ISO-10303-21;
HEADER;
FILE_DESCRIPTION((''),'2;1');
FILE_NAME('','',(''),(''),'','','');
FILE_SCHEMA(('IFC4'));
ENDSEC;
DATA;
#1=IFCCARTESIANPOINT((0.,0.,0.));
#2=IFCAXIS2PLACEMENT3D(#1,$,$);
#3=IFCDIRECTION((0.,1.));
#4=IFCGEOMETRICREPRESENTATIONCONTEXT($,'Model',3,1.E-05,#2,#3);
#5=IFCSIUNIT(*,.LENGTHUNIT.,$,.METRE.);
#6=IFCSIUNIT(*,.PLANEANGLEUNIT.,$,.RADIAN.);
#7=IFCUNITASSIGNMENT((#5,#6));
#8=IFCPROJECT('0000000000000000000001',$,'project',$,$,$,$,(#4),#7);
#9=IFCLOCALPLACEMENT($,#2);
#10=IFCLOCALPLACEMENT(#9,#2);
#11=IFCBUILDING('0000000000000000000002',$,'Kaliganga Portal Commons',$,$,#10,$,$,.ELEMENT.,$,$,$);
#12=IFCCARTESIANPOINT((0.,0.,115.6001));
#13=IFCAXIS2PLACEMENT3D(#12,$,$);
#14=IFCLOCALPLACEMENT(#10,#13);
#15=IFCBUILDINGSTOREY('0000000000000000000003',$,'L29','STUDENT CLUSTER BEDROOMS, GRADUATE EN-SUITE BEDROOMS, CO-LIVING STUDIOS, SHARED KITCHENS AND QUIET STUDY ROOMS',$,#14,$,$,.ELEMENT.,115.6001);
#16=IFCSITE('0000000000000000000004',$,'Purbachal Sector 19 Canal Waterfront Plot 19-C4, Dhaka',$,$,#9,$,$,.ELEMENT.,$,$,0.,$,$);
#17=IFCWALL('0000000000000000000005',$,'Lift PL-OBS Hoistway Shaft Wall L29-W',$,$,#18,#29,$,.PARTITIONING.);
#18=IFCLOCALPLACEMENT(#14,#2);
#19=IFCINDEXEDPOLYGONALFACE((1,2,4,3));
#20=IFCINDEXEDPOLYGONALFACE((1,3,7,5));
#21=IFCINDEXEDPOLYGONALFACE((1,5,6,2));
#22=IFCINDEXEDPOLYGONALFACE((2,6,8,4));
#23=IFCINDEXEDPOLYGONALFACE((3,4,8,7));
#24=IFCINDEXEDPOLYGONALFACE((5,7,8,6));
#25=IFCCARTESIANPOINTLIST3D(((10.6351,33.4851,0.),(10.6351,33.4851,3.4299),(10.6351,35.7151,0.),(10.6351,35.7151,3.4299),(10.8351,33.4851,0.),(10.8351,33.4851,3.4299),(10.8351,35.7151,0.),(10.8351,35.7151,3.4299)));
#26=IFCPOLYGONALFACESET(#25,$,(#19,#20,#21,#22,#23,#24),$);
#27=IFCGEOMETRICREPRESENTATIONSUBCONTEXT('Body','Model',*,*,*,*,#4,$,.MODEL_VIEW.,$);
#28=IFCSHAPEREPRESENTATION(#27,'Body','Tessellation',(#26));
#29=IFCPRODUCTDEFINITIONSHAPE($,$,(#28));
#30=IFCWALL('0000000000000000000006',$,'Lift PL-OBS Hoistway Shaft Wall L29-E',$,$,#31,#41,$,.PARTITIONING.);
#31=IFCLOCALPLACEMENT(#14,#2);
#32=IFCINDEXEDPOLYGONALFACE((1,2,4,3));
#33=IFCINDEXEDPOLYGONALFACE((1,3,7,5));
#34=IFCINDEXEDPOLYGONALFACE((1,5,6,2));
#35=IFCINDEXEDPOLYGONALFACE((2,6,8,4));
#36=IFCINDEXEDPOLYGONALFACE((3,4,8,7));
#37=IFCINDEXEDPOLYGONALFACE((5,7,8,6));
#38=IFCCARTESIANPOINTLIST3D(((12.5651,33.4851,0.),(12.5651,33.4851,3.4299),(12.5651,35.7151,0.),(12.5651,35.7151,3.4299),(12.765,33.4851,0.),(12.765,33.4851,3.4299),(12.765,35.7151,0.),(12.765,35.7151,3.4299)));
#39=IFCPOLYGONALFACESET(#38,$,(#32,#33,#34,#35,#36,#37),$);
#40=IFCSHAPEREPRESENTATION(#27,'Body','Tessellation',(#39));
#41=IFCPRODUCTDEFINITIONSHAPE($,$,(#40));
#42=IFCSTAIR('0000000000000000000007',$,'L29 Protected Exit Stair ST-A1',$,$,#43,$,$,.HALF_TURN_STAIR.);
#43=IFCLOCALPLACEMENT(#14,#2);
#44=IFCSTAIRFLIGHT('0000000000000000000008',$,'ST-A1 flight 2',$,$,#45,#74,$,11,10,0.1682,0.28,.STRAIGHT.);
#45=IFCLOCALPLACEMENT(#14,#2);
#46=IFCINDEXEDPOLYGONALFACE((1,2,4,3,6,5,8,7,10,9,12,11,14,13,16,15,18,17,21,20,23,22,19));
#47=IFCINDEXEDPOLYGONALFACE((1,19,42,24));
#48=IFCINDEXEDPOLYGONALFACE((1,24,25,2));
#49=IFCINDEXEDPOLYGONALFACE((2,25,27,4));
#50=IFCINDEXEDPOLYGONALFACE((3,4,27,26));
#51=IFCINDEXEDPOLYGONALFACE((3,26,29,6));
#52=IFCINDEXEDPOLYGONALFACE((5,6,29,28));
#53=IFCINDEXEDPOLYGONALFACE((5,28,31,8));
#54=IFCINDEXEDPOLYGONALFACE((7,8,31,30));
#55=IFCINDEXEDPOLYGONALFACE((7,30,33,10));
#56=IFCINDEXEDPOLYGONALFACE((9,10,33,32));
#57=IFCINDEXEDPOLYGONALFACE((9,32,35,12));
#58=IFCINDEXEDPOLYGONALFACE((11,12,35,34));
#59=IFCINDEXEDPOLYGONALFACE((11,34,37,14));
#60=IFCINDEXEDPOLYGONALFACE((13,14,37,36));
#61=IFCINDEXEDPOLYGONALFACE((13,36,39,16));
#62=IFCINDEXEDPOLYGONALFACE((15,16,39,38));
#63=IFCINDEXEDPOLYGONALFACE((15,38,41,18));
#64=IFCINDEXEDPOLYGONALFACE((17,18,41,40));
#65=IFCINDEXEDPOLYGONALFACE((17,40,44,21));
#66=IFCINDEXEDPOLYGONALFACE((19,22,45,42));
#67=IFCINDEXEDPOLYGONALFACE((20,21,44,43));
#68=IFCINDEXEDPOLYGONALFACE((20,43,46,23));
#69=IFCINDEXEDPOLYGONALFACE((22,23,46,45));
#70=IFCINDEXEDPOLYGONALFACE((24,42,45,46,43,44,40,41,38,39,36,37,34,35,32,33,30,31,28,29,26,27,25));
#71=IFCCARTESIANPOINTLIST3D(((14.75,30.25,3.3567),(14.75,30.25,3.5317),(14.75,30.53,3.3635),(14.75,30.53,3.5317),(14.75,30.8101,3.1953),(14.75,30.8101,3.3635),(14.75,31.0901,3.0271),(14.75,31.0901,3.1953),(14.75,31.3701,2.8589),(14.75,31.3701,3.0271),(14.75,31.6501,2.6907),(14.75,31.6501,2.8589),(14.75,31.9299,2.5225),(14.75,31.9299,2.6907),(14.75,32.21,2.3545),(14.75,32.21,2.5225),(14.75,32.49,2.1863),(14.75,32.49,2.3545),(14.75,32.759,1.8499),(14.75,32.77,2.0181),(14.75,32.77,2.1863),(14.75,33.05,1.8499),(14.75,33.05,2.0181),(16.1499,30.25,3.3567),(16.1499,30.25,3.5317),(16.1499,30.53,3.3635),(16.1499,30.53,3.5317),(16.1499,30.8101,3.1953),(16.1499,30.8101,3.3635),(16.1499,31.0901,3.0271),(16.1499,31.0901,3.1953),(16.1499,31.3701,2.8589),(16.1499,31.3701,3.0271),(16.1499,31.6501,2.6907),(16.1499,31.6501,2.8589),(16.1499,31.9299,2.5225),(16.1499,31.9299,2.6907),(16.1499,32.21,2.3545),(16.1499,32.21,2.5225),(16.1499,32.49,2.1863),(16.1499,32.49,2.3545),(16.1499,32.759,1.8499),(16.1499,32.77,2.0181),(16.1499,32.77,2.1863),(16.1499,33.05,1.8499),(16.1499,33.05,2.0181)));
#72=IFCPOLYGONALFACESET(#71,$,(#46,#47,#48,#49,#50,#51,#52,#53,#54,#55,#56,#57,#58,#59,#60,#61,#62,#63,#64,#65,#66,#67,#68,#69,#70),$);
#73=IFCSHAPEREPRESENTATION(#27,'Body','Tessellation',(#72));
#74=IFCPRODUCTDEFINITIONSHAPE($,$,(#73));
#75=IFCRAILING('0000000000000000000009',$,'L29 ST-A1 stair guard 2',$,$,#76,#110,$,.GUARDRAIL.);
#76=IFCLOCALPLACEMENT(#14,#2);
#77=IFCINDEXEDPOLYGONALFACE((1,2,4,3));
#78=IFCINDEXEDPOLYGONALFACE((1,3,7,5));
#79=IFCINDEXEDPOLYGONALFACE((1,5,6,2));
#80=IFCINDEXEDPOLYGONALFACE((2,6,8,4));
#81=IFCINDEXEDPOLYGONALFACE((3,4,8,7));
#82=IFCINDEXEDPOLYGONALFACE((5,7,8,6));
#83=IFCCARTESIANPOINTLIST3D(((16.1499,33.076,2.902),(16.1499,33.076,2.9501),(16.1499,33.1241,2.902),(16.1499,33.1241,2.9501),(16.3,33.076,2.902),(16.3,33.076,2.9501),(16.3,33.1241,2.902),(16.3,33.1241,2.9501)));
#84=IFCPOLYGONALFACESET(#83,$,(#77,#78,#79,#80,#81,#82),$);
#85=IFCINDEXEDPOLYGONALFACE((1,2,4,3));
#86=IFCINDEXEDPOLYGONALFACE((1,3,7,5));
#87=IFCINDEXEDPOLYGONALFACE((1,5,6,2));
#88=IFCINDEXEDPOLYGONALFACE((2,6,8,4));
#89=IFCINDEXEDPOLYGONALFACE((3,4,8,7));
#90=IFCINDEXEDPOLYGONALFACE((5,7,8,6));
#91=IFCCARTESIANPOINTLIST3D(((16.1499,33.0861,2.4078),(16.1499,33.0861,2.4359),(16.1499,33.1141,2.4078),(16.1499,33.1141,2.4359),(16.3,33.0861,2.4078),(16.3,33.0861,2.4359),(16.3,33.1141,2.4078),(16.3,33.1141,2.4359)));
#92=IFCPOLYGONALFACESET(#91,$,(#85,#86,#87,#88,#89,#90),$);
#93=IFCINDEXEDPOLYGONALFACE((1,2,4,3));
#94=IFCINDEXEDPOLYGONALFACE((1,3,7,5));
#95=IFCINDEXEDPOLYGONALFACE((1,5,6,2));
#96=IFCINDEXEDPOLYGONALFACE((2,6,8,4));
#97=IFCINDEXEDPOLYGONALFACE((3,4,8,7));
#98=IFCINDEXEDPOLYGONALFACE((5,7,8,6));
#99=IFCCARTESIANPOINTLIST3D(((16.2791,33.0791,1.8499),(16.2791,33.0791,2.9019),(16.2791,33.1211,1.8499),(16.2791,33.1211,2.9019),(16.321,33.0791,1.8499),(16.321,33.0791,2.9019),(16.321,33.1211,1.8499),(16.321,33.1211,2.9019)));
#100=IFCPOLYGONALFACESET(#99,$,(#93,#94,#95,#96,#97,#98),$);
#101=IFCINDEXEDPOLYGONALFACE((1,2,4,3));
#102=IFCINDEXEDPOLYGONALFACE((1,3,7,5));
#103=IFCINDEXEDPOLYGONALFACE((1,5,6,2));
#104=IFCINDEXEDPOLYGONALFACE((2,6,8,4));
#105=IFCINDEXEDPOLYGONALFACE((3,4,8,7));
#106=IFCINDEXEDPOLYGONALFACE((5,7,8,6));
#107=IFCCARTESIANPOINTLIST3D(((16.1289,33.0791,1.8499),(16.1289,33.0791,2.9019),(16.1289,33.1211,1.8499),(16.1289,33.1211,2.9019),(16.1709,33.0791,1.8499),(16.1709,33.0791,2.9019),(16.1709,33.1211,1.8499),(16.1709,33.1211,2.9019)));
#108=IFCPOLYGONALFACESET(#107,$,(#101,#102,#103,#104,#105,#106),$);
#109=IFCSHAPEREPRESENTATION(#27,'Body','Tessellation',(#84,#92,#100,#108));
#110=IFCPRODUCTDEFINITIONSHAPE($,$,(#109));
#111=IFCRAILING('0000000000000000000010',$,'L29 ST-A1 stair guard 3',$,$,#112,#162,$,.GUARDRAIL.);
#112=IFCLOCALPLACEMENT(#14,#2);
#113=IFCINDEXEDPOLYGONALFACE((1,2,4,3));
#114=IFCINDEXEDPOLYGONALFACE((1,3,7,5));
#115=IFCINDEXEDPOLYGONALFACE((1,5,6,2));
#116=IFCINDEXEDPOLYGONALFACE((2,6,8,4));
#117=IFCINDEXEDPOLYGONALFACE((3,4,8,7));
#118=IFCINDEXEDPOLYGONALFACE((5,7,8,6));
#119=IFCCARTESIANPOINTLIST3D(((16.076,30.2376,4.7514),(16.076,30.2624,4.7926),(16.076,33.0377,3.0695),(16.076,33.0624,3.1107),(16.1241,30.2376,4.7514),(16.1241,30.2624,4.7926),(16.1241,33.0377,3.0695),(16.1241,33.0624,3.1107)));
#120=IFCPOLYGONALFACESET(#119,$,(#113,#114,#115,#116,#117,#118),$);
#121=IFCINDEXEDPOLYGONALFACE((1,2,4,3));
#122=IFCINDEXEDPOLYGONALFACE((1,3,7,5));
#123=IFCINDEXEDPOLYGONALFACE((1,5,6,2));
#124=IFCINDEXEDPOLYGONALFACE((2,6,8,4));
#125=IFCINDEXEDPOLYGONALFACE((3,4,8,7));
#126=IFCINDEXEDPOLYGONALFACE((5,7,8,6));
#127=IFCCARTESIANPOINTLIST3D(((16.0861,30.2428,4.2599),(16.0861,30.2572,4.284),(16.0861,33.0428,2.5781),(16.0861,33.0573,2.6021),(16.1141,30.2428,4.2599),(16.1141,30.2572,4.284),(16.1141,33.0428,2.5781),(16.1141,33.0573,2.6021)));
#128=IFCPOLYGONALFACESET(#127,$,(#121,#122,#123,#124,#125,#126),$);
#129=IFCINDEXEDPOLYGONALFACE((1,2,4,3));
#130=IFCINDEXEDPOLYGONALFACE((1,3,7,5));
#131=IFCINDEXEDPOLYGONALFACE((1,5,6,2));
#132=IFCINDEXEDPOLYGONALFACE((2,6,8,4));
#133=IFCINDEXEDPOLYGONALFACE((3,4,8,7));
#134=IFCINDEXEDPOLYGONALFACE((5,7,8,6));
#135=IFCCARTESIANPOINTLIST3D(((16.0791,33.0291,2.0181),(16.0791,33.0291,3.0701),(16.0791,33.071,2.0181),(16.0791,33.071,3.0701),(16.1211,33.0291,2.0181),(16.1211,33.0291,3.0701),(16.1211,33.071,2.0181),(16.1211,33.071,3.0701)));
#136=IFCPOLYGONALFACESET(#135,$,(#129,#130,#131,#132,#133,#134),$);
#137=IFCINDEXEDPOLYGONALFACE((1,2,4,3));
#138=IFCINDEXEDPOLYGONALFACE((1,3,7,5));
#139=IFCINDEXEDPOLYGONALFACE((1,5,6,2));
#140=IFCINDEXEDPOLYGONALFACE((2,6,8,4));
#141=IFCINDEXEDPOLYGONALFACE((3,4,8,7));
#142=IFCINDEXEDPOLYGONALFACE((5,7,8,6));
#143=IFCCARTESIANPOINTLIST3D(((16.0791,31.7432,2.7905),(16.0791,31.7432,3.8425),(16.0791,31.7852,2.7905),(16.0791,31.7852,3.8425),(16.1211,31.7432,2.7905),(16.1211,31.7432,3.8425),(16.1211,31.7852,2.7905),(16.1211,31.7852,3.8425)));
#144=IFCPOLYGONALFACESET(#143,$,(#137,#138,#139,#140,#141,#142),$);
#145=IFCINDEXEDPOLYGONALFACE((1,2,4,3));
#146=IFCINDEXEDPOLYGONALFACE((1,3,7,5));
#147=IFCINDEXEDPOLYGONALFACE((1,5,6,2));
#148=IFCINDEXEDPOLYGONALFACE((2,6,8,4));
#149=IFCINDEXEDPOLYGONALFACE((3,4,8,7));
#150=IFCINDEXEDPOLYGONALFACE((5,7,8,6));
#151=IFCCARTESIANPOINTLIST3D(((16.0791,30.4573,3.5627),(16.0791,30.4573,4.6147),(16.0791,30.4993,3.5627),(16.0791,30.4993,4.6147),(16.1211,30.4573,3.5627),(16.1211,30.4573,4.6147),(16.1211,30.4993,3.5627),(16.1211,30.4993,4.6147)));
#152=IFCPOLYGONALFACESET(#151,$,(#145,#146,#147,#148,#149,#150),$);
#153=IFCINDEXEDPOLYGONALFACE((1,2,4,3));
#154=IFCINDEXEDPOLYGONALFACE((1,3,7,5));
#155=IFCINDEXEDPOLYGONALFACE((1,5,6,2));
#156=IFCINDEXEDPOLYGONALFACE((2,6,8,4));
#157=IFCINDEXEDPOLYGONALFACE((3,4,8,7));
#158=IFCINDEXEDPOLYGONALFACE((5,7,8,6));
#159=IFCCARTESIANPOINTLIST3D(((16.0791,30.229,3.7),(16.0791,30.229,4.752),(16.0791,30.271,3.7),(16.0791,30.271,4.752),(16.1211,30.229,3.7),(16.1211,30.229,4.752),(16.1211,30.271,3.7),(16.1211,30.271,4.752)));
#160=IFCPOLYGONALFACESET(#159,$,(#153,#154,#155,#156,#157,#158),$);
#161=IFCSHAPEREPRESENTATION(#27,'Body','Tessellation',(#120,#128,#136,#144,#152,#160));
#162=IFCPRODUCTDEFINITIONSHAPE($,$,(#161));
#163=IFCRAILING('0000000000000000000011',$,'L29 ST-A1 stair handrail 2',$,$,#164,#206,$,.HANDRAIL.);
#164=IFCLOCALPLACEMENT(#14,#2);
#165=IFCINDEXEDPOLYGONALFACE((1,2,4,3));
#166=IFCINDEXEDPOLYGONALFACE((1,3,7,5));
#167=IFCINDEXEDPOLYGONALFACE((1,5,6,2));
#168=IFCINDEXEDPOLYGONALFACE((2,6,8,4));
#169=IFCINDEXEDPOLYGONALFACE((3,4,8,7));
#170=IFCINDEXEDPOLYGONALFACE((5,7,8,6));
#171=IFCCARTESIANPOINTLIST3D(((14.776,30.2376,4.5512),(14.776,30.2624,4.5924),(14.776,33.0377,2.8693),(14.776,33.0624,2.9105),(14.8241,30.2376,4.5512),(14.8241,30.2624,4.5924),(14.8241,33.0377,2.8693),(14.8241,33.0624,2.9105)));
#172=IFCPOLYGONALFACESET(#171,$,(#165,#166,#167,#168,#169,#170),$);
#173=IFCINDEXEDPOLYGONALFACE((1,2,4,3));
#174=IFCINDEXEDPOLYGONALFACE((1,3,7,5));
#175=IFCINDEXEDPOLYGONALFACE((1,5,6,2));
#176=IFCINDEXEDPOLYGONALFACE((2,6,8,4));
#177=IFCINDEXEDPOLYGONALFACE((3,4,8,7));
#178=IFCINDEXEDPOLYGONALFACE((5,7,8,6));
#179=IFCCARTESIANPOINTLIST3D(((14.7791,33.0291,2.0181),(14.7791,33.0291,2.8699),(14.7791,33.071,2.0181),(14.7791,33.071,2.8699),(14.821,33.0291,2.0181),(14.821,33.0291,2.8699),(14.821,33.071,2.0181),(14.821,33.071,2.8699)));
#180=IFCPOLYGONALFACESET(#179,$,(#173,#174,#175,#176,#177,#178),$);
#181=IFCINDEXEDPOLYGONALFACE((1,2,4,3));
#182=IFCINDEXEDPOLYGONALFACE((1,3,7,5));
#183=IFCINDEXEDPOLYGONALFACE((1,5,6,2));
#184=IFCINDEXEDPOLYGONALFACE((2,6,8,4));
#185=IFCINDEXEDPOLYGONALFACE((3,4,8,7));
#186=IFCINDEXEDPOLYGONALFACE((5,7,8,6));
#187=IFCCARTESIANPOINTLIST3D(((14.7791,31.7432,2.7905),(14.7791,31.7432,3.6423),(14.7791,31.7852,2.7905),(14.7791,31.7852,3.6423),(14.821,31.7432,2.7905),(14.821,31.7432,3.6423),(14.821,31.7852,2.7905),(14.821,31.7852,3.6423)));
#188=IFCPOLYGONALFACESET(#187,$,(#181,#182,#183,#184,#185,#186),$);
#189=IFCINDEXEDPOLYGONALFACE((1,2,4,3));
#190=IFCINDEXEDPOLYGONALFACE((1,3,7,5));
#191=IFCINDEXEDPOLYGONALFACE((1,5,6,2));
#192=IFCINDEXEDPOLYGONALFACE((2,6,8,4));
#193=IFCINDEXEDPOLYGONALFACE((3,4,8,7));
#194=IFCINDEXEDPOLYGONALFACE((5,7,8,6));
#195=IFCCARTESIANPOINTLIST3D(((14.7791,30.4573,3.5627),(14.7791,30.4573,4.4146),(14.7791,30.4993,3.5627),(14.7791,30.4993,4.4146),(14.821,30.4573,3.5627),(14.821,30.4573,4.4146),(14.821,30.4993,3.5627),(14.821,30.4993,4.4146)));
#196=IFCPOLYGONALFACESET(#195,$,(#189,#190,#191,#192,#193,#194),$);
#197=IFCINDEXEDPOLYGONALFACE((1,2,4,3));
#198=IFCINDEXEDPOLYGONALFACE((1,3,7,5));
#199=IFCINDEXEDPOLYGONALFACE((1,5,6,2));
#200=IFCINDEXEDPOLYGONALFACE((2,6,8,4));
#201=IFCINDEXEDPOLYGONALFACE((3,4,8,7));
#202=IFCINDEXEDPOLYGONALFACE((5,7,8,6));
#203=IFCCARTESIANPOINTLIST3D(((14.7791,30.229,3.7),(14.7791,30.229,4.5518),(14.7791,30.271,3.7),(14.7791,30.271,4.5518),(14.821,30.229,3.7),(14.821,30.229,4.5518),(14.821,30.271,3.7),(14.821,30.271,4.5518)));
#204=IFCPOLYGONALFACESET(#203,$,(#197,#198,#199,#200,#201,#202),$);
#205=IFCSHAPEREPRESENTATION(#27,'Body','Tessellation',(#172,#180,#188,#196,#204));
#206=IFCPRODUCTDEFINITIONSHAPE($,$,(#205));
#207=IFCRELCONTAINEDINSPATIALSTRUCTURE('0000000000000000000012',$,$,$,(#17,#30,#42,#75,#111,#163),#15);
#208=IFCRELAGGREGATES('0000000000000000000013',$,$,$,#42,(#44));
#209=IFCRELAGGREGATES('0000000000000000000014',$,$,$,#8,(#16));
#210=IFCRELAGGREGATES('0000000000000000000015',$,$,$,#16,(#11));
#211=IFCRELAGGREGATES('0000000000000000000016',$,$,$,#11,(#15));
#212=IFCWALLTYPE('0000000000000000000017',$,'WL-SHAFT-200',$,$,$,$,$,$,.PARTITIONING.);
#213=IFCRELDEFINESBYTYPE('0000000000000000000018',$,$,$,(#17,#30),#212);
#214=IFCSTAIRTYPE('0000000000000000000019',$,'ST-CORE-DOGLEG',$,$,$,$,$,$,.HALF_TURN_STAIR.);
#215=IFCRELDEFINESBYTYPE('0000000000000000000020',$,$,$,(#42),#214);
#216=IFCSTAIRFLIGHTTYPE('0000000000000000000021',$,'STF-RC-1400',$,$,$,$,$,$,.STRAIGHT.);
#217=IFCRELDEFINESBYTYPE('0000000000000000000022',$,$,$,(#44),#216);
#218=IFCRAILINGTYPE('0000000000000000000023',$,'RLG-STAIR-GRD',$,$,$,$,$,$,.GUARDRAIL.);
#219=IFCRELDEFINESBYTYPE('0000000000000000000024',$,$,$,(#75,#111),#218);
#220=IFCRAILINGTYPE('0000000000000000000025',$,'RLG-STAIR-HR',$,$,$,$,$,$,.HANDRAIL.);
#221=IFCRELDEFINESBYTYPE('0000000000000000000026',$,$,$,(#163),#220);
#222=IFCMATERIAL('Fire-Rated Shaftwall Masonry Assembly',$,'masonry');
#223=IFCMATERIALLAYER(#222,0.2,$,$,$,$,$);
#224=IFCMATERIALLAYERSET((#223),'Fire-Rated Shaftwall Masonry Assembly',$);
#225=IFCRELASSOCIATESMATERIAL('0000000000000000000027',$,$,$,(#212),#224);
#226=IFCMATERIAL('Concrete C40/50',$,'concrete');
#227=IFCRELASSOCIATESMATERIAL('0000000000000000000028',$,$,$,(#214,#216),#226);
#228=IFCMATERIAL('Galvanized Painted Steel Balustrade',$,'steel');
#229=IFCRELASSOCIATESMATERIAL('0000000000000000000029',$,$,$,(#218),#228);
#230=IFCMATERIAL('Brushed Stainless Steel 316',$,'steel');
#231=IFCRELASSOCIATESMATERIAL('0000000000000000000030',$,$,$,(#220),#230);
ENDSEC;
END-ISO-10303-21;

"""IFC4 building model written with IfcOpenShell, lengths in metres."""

from ifc_helpers import new_model, si_unit, direction, frame, frame_2d, origin, origin_2d, place, context, subcontext, project, spatial, polyline, rectangle, outline, extrude, material, layer, layer_set, type_object, element, aggregate, save


model = new_model("IFC4")

# Units and contexts
model_context = context("Model", 3, precision=1e-05, world=origin(), true_north=direction((0.0, 1.0)))
body_context = subcontext(model_context, "Body", "Model", "MODEL_VIEW")
ifc_project = project(units=[si_unit("LENGTHUNIT", "METRE"), si_unit("PLANEANGLEUNIT", "RADIAN")], contexts=[model_context])

# Site, building, storey
site_placement = place(None, origin())
site = spatial("IfcSite", under=ifc_project, at=site_placement, Name="Purbachal Sector 19 Canal Waterfront Plot 19-C4, Dhaka", CompositionType="ELEMENT", RefElevation=0.0)
building_placement = place(site_placement, origin())
building = spatial("IfcBuilding", under=site, at=building_placement, Name="Kaliganga Portal Commons", CompositionType="ELEMENT")
storey_placement = place(building_placement, frame((0.0, 0.0, 115.6001)))
storey = spatial("IfcBuildingStorey", under=building, at=storey_placement, Name="L29", Description="STUDENT CLUSTER BEDROOMS, GRADUATE EN-SUITE BEDROOMS, CO-LIVING STUDIOS, SHARED KITCHENS AND QUIET STUDY ROOMS", CompositionType="ELEMENT", Elevation=115.6001)

# Shared definitions
ifc_material_1 = material(Name="Fire-Rated Shaftwall Masonry Assembly", Category="masonry")
ifc_layer_1 = layer(ifc_material_1, 0.2)
ifc_layer_set_1 = layer_set([ifc_layer_1], Name="Fire-Rated Shaftwall Masonry Assembly")
wall_type_1 = type_object("IfcWallType", Name="WL-SHAFT-200", PredefinedType="PARTITIONING", material=ifc_layer_set_1)

# Walls
for number, where, z_axis, x_axis, name in (
    (1, (10.7351, 33.4851, 0.0), (0.0, 0.0, 1.0), (0.0, 1.0, 0.0), "Lift PL-OBS Hoistway Shaft Wall L29-W"),
    (2, (12.665, 33.4851, 0.0), (0.0, 0.0, 1.0), (0.0, 1.0, 0.0), "Lift PL-OBS Hoistway Shaft Wall L29-E"),
):
    element("IfcWall", number, at=place(storey_placement, frame(where, z_axis=z_axis, x_axis=x_axis)), inside=storey, type_object=wall_type_1, Name=name, PredefinedType="PARTITIONING", context=body_context, shape_type="SweptSolid", body=[
        extrude(rectangle(XDim=2.23, YDim=0.2, at=frame_2d((1.115, 0.0))), origin(), (0.0, 0.0, 1.0), 3.4299),
    ])

# Stair, stair flight
ifc_material_2 = material(Name="Concrete C40/50", Category="concrete")
stair_type = type_object("IfcStairType", Name="ST-CORE-DOGLEG", PredefinedType="HALF_TURN_STAIR", material=ifc_material_2)
stair_placement = place(storey_placement, origin())
stair = element("IfcStair", 3, at=stair_placement, inside=storey, type_object=stair_type, Name="L29 Protected Exit Stair ST-A1", PredefinedType="HALF_TURN_STAIR")
stair_flight_type = type_object("IfcStairFlightType", Name="STF-RC-1400", PredefinedType="STRAIGHT", material=ifc_material_2)
stair_flight_placement = place(storey_placement, frame((15.45, 33.05, 1.8499), z_axis=(0.0, 0.0, 1.0), x_axis=(0.0, -1.0, 0.0)))
stair_flight = element("IfcStairFlight", 4, at=stair_flight_placement, type_object=stair_flight_type, Name="ST-A1 flight 2", NumberOfRisers=11, NumberOfTreads=10, PredefinedType="STRAIGHT", RiserHeight=0.1682, TreadLength=0.28, context=body_context, shape_type="SweptSolid", body=[
    extrude(outline(polyline([(0.0, 0.0), (0.0, 0.1682), (0.28, 0.1682), (0.28, 0.3364), (0.5601, 0.3364), (0.5601, 0.5046), (0.8401, 0.5046), (0.8401, 0.6726), (1.1201, 0.6726), (1.1201, 0.8408), (1.3999, 0.8408), (1.3999, 1.009), (1.6799, 1.009), (1.6799, 1.1772), (1.96, 1.1772), (1.96, 1.3455), (2.24, 1.3455), (2.24, 1.5137), (2.52, 1.5137), (2.52, 1.6819), (2.8, 1.6819), (2.8, 1.8501), (2.8, 1.5068), (0.291, 0.0), (0.0, 0.0)])), frame((0.0, 0.7, 0.0), z_axis=(0.0, -1.0, 0.0), x_axis=(1.0, 0.0, 0.0)), (0.0, 0.0, 1.0), 1.3999),
])
aggregate(stair, [stair_flight])

# Railings
ifc_material_3 = material(Name="Galvanized Painted Steel Balustrade", Category="steel")
railing_type_1 = type_object("IfcRailingType", Name="RLG-STAIR-GRD", PredefinedType="GUARDRAIL", material=ifc_material_3)
railing_1_placement = place(storey_placement, frame((16.3, 33.1001, 1.8499)))
element("IfcRailing", 5, at=railing_1_placement, inside=storey, type_object=railing_type_1, Name="L29 ST-A1 stair guard 2", PredefinedType="GUARDRAIL", context=body_context, shape_type="SweptSolid", body=[
    extrude(rectangle(XDim=0.0481, YDim=0.0481, at=origin_2d()), frame((0.0, 0.0, 1.0762), z_axis=(-1.0, 0.0, 0.0), x_axis=(0.0, -1.0, 0.0)), (0.0, 0.0, 1.0), 0.1501),
    extrude(rectangle(XDim=0.0281, YDim=0.0281, at=origin_2d()), frame((0.0, 0.0, 0.572), z_axis=(-1.0, 0.0, 0.0), x_axis=(0.0, -1.0, 0.0)), (0.0, 0.0, 1.0), 0.1501),
    extrude(rectangle(XDim=0.042, YDim=0.042, at=origin_2d()), origin(), (0.0, 0.0, 1.0), 1.052),
    extrude(rectangle(XDim=0.042, YDim=0.042, at=origin_2d()), frame((-0.1501, 0.0, 0.0)), (0.0, 0.0, 1.0), 1.052),
])
railing_2_placement = place(storey_placement, frame((16.1001, 33.05, 2.0181)))
element("IfcRailing", 6, at=railing_2_placement, inside=storey, type_object=railing_type_1, Name="L29 ST-A1 stair guard 3", PredefinedType="GUARDRAIL", context=body_context, shape_type="SweptSolid", body=[
    extrude(rectangle(XDim=0.0481, YDim=0.0481, at=origin_2d()), frame((0.0, 0.0, 1.072), z_axis=(0.0, -0.857242, 0.514913), x_axis=(1.0, 0.0, 0.0)), (0.0, 0.0, 1.0), 3.2664),
    extrude(rectangle(XDim=0.0281, YDim=0.0281, at=origin_2d()), frame((0.0, 0.0, 0.572), z_axis=(0.0, -0.857242, 0.514913), x_axis=(1.0, 0.0, 0.0)), (0.0, 0.0, 1.0), 3.2664),
    extrude(rectangle(XDim=0.042, YDim=0.042, at=origin_2d()), origin(), (0.0, 0.0, 1.0), 1.052),
    extrude(rectangle(XDim=0.042, YDim=0.042, at=origin_2d()), frame((0.0, -1.2859, 0.7725)), (0.0, 0.0, 1.0), 1.052),
    extrude(rectangle(XDim=0.042, YDim=0.042, at=origin_2d()), frame((0.0, -2.5718, 1.5447)), (0.0, 0.0, 1.0), 1.052),
    extrude(rectangle(XDim=0.042, YDim=0.042, at=origin_2d()), frame((0.0, -2.8, 1.6819)), (0.0, 0.0, 1.0), 1.052),
])
ifc_material_4 = material(Name="Brushed Stainless Steel 316", Category="steel")
railing_type_2 = type_object("IfcRailingType", Name="RLG-STAIR-HR", PredefinedType="HANDRAIL", material=ifc_material_4)
railing_3_placement = place(storey_placement, frame((14.8, 33.05, 2.0181)))
element("IfcRailing", 7, at=railing_3_placement, inside=storey, type_object=railing_type_2, Name="L29 ST-A1 stair handrail 2", PredefinedType="HANDRAIL", context=body_context, shape_type="SweptSolid", body=[
    extrude(rectangle(XDim=0.0481, YDim=0.0481, at=origin_2d()), frame((0.0, 0.0, 0.8718), z_axis=(0.0, -0.857242, 0.514913), x_axis=(1.0, 0.0, 0.0)), (0.0, 0.0, 1.0), 3.2664),
    extrude(rectangle(XDim=0.042, YDim=0.042, at=origin_2d()), origin(), (0.0, 0.0, 1.0), 0.8518),
    extrude(rectangle(XDim=0.042, YDim=0.042, at=origin_2d()), frame((0.0, -1.2859, 0.7725)), (0.0, 0.0, 1.0), 0.8518),
    extrude(rectangle(XDim=0.042, YDim=0.042, at=origin_2d()), frame((0.0, -2.5718, 1.5447)), (0.0, 0.0, 1.0), 0.8518),
    extrude(rectangle(XDim=0.042, YDim=0.042, at=origin_2d()), frame((0.0, -2.8, 1.6819)), (0.0, 0.0, 1.0), 0.8518),
])

save(model, "model.ifc")
